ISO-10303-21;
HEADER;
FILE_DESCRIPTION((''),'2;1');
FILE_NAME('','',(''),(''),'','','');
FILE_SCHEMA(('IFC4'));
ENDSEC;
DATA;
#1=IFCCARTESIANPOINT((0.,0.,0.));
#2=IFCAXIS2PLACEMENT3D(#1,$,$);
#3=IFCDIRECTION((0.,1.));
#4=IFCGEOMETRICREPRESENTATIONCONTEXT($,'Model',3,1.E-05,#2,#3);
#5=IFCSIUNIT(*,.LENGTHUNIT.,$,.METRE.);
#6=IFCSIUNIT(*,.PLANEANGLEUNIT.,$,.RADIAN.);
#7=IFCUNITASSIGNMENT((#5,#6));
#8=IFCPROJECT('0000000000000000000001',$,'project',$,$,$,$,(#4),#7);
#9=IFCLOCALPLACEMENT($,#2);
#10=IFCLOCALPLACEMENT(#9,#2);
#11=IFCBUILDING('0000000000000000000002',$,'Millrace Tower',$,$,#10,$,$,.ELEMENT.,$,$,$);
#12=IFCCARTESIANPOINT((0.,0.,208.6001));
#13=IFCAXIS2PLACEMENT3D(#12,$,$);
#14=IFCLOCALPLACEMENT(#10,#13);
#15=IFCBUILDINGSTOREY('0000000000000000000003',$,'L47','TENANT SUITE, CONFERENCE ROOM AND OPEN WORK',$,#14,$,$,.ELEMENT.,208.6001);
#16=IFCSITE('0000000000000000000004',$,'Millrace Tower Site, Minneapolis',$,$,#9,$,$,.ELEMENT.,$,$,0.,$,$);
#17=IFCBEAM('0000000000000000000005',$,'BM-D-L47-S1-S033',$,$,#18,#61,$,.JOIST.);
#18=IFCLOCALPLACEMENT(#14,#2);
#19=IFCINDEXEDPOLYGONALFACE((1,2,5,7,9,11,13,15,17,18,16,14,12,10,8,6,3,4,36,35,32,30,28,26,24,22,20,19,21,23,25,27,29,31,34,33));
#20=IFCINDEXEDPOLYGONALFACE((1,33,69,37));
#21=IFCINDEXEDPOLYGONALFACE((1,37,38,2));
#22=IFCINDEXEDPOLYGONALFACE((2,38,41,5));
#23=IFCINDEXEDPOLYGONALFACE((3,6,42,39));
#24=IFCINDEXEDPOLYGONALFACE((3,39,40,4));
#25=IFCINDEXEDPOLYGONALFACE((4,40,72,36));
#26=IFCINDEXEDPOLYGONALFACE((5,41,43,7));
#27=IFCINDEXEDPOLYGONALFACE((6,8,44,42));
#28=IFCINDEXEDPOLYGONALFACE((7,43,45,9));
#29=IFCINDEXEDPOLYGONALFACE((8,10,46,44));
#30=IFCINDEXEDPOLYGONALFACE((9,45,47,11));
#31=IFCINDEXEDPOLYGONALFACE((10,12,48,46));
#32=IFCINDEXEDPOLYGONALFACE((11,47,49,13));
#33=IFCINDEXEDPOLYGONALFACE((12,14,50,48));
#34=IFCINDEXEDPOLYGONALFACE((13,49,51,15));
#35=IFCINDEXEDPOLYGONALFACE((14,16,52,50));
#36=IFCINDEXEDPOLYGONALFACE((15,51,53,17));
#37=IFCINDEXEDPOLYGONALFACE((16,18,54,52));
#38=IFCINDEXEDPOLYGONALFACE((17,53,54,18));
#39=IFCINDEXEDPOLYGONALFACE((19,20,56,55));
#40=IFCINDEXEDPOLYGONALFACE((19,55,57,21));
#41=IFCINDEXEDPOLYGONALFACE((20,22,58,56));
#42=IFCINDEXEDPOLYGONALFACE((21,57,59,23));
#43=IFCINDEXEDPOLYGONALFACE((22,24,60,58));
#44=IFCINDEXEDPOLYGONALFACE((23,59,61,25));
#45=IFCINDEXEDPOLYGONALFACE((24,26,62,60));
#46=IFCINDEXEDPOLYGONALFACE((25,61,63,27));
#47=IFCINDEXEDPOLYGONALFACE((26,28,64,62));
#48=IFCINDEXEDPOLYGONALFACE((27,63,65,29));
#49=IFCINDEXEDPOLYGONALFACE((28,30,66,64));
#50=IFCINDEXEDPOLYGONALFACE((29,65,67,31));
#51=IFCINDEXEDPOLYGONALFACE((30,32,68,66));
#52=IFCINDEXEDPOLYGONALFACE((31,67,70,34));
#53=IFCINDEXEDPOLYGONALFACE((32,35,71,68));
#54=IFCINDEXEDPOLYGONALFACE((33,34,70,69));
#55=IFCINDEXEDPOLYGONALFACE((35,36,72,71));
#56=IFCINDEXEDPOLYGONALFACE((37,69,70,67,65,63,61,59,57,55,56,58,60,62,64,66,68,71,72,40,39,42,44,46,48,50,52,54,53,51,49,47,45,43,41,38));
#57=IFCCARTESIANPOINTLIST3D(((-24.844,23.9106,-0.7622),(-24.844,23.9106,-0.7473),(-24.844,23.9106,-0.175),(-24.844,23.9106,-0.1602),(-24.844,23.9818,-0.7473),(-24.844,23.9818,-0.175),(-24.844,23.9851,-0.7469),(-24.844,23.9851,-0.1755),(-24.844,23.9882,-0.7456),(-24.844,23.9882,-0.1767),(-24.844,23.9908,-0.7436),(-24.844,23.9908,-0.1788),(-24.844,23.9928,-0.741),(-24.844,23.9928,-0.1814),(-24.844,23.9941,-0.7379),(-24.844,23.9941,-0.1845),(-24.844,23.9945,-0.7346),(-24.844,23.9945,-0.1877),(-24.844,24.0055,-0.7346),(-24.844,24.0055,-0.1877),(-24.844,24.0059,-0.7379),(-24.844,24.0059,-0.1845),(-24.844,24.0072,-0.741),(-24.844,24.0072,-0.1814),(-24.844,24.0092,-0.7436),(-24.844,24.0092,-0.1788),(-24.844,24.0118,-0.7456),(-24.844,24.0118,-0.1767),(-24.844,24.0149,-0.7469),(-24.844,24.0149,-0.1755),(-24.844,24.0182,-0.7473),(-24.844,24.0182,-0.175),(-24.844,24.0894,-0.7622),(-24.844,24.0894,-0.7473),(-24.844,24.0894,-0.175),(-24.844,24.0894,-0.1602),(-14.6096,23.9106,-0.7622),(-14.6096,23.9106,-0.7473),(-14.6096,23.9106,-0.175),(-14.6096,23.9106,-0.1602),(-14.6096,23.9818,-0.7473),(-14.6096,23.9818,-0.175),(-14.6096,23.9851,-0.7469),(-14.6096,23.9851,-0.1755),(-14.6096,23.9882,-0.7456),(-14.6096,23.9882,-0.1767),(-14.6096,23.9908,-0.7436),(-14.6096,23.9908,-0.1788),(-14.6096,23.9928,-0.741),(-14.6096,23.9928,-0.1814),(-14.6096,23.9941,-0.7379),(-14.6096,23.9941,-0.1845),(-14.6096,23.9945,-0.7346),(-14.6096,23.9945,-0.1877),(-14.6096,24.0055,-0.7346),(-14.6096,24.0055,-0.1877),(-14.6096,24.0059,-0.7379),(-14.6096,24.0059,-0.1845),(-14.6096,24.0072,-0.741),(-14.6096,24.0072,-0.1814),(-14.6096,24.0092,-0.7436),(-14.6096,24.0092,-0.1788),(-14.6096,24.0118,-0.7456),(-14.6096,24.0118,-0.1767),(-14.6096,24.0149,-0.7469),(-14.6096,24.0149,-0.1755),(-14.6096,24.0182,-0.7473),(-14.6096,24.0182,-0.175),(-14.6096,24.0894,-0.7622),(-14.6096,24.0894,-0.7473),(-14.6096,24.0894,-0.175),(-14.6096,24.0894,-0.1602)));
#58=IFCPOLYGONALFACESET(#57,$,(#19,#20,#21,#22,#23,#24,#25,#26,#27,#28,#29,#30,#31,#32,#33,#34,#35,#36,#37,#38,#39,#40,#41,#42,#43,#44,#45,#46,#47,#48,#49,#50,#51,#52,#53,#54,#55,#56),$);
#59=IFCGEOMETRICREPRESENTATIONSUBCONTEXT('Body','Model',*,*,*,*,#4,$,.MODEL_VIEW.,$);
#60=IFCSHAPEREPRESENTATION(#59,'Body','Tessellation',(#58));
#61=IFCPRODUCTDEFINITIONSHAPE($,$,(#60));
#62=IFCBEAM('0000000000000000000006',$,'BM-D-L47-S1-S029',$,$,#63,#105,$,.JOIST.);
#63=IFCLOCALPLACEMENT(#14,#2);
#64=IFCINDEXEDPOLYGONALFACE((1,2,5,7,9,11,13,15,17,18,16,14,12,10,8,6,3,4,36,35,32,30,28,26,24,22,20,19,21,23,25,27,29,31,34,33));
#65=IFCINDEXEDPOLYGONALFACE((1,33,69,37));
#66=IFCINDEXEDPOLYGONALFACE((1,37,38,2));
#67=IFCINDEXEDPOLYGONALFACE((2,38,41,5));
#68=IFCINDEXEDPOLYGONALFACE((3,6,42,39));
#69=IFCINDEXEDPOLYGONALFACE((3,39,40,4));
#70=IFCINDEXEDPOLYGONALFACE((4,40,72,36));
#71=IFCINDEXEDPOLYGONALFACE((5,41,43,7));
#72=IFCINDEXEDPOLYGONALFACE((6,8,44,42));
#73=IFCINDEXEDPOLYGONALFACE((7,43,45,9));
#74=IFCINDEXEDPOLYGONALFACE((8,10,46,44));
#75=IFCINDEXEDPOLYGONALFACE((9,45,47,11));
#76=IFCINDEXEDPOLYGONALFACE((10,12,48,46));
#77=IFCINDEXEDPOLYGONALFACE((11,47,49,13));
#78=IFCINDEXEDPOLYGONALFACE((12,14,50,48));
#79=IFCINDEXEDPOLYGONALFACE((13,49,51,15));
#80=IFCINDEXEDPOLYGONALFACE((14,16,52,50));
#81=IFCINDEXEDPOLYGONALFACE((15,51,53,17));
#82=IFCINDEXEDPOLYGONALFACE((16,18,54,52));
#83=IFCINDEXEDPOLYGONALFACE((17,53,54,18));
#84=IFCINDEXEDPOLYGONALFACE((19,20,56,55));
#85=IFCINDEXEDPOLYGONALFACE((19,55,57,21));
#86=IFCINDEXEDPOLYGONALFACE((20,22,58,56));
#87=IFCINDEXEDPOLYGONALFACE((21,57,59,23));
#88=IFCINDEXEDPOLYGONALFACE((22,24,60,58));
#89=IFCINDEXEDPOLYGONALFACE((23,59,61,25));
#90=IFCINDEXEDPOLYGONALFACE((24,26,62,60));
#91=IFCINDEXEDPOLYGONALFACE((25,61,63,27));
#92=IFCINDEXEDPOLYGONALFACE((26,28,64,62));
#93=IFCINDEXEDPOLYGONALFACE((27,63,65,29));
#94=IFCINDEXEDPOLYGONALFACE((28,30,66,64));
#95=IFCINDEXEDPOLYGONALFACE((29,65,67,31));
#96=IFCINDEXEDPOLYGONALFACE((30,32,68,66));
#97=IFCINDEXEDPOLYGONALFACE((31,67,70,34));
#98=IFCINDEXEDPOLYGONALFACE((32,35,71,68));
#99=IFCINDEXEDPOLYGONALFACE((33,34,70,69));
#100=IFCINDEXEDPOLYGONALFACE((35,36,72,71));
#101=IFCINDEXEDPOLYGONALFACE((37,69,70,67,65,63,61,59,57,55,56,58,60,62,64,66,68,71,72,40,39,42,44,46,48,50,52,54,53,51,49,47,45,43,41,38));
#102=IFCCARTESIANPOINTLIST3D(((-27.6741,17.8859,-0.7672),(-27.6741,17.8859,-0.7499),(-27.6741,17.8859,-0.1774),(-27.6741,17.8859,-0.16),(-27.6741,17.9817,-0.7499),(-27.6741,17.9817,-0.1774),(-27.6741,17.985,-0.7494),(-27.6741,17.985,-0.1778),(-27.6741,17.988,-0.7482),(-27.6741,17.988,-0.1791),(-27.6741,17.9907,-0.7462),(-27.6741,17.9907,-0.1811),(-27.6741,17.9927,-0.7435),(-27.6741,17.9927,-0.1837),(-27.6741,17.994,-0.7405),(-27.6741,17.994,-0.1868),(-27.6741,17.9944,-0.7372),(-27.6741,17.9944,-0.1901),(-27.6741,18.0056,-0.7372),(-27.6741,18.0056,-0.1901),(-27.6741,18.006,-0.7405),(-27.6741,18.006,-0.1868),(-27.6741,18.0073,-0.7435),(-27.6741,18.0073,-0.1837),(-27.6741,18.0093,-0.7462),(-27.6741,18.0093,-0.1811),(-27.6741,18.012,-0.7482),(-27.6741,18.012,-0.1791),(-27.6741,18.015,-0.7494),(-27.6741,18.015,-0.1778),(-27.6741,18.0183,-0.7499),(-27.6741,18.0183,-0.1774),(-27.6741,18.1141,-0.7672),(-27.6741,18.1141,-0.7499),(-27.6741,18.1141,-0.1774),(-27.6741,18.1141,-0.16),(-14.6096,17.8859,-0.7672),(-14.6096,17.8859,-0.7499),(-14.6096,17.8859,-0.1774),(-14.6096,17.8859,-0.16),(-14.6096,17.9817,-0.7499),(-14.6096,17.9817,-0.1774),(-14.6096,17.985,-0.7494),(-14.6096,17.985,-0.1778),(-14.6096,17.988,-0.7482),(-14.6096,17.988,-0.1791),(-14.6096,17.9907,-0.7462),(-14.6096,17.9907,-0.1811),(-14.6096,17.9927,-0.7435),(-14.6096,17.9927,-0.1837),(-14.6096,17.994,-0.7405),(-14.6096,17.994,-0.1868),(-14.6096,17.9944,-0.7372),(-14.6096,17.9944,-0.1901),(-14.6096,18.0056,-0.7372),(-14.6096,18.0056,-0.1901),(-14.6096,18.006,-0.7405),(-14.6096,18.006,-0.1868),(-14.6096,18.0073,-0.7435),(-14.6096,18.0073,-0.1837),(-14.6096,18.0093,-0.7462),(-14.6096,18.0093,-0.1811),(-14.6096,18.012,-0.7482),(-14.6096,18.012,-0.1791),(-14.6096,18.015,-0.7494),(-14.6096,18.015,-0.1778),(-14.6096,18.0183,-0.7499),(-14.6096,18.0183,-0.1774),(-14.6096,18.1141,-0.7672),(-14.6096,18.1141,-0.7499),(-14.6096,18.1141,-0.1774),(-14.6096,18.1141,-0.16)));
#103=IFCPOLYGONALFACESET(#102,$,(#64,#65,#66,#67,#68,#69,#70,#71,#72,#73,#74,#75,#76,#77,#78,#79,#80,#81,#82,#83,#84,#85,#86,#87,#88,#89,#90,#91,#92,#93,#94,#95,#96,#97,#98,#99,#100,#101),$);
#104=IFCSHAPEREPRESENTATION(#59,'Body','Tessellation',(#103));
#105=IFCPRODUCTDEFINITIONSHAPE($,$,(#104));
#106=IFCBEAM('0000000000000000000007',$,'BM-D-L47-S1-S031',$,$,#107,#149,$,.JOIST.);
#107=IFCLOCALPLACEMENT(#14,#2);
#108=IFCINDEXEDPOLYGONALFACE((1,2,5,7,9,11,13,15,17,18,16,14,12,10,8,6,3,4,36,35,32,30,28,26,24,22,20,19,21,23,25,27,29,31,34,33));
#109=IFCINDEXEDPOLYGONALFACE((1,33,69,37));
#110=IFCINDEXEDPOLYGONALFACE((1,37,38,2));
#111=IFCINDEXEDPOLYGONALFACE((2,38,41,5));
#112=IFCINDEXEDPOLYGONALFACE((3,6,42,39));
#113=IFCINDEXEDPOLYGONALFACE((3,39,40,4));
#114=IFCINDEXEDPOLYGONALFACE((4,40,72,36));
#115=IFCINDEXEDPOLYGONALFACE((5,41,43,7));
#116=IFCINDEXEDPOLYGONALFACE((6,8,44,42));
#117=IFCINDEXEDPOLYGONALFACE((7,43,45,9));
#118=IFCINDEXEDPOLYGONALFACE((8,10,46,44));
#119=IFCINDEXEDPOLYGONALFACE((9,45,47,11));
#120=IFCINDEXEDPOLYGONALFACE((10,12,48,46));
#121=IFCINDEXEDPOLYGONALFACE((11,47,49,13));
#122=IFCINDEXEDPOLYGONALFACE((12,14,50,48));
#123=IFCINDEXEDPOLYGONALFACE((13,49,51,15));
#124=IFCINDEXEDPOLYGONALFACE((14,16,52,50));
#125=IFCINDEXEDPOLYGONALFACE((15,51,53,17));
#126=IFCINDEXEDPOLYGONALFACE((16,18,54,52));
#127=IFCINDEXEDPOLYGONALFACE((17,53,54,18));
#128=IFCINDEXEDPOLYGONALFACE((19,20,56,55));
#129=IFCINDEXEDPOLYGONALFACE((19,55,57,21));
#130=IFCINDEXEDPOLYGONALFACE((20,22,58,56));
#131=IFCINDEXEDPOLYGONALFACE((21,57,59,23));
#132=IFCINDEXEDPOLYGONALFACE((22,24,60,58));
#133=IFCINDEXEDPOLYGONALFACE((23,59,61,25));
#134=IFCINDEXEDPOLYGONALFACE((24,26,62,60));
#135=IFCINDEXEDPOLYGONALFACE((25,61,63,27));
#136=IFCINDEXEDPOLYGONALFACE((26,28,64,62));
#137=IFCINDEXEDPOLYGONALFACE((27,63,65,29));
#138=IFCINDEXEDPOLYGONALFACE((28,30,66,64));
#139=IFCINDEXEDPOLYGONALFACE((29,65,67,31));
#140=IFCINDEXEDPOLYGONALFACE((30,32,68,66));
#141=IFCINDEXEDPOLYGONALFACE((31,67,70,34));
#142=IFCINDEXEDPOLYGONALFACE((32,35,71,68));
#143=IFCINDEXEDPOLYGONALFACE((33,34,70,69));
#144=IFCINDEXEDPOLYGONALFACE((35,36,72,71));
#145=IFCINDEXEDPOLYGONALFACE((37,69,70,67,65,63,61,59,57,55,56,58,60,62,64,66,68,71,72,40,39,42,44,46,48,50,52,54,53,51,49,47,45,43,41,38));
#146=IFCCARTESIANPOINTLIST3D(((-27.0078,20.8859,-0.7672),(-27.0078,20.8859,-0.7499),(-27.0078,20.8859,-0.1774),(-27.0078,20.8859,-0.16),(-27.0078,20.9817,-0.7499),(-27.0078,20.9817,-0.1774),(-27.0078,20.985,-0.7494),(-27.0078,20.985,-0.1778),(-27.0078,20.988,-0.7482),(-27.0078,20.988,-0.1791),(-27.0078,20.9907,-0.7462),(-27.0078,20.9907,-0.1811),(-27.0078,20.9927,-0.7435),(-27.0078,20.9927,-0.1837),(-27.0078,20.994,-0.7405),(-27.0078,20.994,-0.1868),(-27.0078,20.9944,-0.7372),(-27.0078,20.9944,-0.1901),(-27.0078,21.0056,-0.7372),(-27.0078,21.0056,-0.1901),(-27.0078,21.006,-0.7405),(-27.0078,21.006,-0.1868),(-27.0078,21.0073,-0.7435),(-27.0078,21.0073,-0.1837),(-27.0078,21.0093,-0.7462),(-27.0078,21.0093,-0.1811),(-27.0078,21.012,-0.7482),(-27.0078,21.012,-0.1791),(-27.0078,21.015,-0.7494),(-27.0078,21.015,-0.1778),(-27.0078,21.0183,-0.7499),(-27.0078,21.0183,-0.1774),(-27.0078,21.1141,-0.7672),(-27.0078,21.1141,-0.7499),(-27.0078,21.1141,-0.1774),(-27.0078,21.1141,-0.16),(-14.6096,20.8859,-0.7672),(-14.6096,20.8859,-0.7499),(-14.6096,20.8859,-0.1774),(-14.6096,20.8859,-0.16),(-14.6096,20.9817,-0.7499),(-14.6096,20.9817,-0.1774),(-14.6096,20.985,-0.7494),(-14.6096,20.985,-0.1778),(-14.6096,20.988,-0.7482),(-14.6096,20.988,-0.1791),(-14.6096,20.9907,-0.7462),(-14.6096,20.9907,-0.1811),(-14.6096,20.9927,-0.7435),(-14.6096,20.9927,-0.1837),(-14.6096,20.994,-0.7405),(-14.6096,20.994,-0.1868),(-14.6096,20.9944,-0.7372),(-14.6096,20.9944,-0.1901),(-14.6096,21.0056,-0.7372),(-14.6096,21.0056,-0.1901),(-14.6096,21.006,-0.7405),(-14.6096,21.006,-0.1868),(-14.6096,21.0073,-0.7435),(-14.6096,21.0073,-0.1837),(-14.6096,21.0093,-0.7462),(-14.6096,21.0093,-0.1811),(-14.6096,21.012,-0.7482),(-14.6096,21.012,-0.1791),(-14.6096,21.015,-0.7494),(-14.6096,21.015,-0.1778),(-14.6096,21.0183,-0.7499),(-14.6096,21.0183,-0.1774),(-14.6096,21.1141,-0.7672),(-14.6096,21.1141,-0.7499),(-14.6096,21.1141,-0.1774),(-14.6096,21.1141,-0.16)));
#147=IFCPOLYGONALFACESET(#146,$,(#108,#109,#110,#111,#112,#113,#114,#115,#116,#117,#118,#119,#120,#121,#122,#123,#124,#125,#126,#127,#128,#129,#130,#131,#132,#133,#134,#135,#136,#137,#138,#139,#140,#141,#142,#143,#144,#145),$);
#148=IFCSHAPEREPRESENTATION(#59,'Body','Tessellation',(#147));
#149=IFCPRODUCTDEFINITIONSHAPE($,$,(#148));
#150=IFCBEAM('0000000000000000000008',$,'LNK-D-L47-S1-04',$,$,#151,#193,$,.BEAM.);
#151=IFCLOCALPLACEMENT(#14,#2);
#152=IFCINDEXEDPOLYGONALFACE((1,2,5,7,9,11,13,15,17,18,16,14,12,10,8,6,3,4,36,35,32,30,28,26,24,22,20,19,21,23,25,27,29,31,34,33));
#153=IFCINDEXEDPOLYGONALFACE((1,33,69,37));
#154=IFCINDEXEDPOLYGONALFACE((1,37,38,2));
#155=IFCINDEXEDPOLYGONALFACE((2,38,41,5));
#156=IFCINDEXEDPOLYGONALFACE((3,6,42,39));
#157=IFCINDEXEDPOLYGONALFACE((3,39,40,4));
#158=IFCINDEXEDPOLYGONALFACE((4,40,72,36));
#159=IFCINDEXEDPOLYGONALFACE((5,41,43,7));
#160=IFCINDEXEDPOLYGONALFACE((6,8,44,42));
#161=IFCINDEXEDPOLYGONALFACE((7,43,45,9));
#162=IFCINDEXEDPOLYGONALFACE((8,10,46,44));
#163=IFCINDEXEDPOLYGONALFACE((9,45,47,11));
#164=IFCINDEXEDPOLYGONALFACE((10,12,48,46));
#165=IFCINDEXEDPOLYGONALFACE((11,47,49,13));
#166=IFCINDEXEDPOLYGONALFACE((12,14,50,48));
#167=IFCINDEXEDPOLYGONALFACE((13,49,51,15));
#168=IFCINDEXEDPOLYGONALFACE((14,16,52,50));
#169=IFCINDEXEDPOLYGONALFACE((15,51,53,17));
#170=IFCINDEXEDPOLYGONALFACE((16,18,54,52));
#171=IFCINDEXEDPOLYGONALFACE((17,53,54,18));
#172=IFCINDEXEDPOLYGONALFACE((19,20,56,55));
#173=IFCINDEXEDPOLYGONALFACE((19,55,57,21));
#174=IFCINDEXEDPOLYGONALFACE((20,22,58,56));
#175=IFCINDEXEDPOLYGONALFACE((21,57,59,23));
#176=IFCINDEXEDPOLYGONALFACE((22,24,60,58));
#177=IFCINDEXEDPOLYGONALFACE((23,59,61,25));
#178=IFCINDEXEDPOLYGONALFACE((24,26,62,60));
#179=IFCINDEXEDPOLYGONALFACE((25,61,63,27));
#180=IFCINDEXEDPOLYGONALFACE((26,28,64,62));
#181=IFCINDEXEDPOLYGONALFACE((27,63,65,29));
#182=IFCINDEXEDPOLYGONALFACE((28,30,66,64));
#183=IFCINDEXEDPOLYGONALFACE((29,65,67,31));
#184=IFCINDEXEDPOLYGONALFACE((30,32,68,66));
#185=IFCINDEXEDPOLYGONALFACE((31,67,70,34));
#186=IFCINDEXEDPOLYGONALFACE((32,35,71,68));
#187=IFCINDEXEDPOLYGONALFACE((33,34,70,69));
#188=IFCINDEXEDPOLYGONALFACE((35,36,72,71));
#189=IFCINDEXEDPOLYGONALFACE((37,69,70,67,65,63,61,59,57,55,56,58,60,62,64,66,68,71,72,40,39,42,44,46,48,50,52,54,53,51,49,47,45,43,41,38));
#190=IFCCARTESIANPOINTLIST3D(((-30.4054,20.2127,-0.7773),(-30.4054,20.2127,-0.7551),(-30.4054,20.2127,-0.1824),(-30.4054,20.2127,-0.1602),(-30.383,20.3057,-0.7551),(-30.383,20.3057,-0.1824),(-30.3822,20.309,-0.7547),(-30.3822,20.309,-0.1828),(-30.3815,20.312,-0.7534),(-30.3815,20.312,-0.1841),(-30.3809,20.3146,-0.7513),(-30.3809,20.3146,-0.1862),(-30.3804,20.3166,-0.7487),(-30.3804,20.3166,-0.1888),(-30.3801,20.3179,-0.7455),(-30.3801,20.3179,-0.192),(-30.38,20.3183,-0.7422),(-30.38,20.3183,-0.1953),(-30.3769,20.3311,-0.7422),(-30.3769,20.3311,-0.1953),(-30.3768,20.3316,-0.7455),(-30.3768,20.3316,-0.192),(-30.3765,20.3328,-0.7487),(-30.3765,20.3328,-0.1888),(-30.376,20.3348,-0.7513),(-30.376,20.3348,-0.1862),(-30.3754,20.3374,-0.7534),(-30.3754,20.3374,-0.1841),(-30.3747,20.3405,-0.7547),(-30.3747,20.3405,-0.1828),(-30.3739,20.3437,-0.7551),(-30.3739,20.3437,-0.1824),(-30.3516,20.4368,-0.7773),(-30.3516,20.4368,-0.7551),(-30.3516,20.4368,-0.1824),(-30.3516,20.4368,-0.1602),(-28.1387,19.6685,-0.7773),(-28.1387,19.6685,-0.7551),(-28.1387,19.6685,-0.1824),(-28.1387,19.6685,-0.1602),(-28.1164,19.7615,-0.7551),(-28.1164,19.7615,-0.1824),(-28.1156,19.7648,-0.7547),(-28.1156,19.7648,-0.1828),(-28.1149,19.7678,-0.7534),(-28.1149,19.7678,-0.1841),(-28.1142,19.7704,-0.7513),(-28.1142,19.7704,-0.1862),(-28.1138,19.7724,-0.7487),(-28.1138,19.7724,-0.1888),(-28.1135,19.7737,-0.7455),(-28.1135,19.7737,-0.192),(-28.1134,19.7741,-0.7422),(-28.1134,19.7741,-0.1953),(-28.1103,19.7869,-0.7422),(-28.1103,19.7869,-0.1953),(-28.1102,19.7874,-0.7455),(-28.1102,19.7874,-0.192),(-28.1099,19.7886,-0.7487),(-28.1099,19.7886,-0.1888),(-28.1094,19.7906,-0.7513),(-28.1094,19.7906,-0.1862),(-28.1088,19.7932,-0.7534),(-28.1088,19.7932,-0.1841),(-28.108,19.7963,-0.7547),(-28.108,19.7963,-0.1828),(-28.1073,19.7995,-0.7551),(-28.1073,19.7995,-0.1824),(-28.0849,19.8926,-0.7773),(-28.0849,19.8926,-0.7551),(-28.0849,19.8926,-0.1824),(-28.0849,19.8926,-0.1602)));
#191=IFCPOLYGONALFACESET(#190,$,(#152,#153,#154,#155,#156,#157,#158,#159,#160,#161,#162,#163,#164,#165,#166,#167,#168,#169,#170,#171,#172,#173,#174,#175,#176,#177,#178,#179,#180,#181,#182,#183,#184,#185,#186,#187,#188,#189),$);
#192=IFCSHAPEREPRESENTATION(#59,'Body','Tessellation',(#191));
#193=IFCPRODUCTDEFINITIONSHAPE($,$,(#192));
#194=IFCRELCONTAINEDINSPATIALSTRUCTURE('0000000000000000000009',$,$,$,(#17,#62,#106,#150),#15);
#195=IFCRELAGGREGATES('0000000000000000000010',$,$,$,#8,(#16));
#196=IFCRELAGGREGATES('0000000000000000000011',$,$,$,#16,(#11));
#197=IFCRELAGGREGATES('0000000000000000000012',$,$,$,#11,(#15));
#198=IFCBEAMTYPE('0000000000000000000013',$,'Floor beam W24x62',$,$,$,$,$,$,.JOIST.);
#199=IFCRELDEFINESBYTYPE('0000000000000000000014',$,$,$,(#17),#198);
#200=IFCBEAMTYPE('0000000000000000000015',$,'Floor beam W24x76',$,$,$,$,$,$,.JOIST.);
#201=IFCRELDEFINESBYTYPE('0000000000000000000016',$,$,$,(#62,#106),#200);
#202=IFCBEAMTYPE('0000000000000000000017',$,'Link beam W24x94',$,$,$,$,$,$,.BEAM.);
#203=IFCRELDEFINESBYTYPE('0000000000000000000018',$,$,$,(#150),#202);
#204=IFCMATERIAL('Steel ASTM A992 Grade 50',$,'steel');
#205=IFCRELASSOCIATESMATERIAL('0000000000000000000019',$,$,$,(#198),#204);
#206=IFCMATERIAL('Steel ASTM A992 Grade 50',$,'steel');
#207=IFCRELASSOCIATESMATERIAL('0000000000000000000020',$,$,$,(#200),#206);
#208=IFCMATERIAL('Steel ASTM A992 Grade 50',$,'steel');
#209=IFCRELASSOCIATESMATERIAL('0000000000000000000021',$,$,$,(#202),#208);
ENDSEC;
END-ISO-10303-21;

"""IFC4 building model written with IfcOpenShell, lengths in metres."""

from ifc_helpers import new_model, si_unit, direction, frame, origin, origin_2d, place, context, subcontext, project, spatial, i_section, extrude, material, material_profile, profile_set, type_object, element, save


model = new_model("IFC4")

# Units and contexts
model_context = context("Model", 3, precision=1e-05, world=origin(), true_north=direction((0.0, 1.0)))
body_context = subcontext(model_context, "Body", "Model", "MODEL_VIEW")
ifc_project = project(units=[si_unit("LENGTHUNIT", "METRE"), si_unit("PLANEANGLEUNIT", "RADIAN")], contexts=[model_context])

# Site, building, storey
site_placement = place(None, origin())
site = spatial("IfcSite", under=ifc_project, at=site_placement, Name="Millrace Tower Site, Minneapolis", CompositionType="ELEMENT", RefElevation=0.0)
building_placement = place(site_placement, origin())
building = spatial("IfcBuilding", under=site, at=building_placement, Name="Millrace Tower", CompositionType="ELEMENT")
storey_placement = place(building_placement, frame((0.0, 0.0, 208.6001)))
storey = spatial("IfcBuildingStorey", under=building, at=storey_placement, Name="L47", Description="TENANT SUITE, CONFERENCE ROOM AND OPEN WORK", CompositionType="ELEMENT", Elevation=208.6001)

# Beams
ifc_material_1 = material(Name="Steel ASTM A992 Grade 50", Category="steel")
ifc_material_profile_1 = material_profile(ifc_material_1, i_section(OverallWidth=0.1787, OverallDepth=0.6021, WebThickness=0.011, FlangeThickness=0.0149, FilletRadius=0.0127, at=origin_2d()))
ifc_profile_set_1 = profile_set([ifc_material_profile_1], Name="Steel ASTM A992 Grade 50")
beam_type_1 = type_object("IfcBeamType", Name="Floor beam W24x62", PredefinedType="JOIST", material=ifc_profile_set_1)
beam_1_placement = place(storey_placement, frame((-24.844, 24.0, -0.4612), z_axis=(1.0, 0.0, 0.0), x_axis=(0.0, 1.0, 0.0)))
element("IfcBeam", 1, at=beam_1_placement, inside=storey, type_object=beam_type_1, Name="BM-D-L47-S1-S033", PredefinedType="JOIST", context=body_context, shape_type="SweptSolid", body=[
    extrude(i_section(OverallWidth=0.1787, OverallDepth=0.6021, WebThickness=0.011, FlangeThickness=0.0149, FilletRadius=0.0127, at=origin_2d()), origin(), (0.0, 0.0, 1.0), 10.2344),
])
ifc_material_2 = material(Name="Steel ASTM A992 Grade 50", Category="steel")
ifc_material_profile_2 = material_profile(ifc_material_2, i_section(OverallWidth=0.2283, OverallDepth=0.6072, WebThickness=0.0112, FlangeThickness=0.0173, FilletRadius=0.0127, at=origin_2d()))
ifc_profile_set_2 = profile_set([ifc_material_profile_2], Name="Steel ASTM A992 Grade 50")
beam_type_2 = type_object("IfcBeamType", Name="Floor beam W24x76", PredefinedType="JOIST", material=ifc_profile_set_2)
beam_2_placement = place(storey_placement, frame((-27.6741, 18.0, -0.4636), z_axis=(1.0, 0.0, 0.0), x_axis=(0.0, 1.0, 0.0)))
element("IfcBeam", 2, at=beam_2_placement, inside=storey, type_object=beam_type_2, Name="BM-D-L47-S1-S029", PredefinedType="JOIST", context=body_context, shape_type="SweptSolid", body=[
    extrude(i_section(OverallWidth=0.2283, OverallDepth=0.6072, WebThickness=0.0112, FlangeThickness=0.0173, FilletRadius=0.0127, at=origin_2d()), origin(), (0.0, 0.0, 1.0), 13.0645),
])
beam_3_placement = place(storey_placement, frame((-27.0078, 21.0, -0.4636), z_axis=(1.0, 0.0, 0.0), x_axis=(0.0, 1.0, 0.0)))
element("IfcBeam", 3, at=beam_3_placement, inside=storey, type_object=beam_type_2, Name="BM-D-L47-S1-S031", PredefinedType="JOIST", context=body_context, shape_type="SweptSolid", body=[
    extrude(i_section(OverallWidth=0.2283, OverallDepth=0.6072, WebThickness=0.0112, FlangeThickness=0.0173, FilletRadius=0.0127, at=origin_2d()), origin(), (0.0, 0.0, 1.0), 12.3982),
])
ifc_material_3 = material(Name="Steel ASTM A992 Grade 50", Category="steel")
ifc_material_profile_3 = material_profile(ifc_material_3, i_section(OverallWidth=0.2305, OverallDepth=0.6172, WebThickness=0.0132, FlangeThickness=0.0222, FilletRadius=0.0129, at=origin_2d()))
ifc_profile_set_3 = profile_set([ifc_material_profile_3], Name="Steel ASTM A992 Grade 50")
beam_type_3 = type_object("IfcBeamType", Name="Link beam W24x94", PredefinedType="BEAM", material=ifc_profile_set_3)
for number, where, z_axis, x_axis, name in (
    (4, (-28.1118, 19.7805, -0.4688), (-0.972367, 0.233456, 0.0), (-0.233456, -0.972367, 0.0), "LNK-D-L47-S1-04"),
):
    element("IfcBeam", number, at=place(storey_placement, frame(where, z_axis=z_axis, x_axis=x_axis)), inside=storey, type_object=beam_type_3, Name=name, PredefinedType="BEAM", context=body_context, shape_type="SweptSolid", body=[
        extrude(i_section(OverallWidth=0.2305, OverallDepth=0.6172, WebThickness=0.0132, FlangeThickness=0.0222, FilletRadius=0.0129, at=origin_2d()), origin(), (0.0, 0.0, 1.0), 2.3311),
    ])

save(model, "model.ifc")
